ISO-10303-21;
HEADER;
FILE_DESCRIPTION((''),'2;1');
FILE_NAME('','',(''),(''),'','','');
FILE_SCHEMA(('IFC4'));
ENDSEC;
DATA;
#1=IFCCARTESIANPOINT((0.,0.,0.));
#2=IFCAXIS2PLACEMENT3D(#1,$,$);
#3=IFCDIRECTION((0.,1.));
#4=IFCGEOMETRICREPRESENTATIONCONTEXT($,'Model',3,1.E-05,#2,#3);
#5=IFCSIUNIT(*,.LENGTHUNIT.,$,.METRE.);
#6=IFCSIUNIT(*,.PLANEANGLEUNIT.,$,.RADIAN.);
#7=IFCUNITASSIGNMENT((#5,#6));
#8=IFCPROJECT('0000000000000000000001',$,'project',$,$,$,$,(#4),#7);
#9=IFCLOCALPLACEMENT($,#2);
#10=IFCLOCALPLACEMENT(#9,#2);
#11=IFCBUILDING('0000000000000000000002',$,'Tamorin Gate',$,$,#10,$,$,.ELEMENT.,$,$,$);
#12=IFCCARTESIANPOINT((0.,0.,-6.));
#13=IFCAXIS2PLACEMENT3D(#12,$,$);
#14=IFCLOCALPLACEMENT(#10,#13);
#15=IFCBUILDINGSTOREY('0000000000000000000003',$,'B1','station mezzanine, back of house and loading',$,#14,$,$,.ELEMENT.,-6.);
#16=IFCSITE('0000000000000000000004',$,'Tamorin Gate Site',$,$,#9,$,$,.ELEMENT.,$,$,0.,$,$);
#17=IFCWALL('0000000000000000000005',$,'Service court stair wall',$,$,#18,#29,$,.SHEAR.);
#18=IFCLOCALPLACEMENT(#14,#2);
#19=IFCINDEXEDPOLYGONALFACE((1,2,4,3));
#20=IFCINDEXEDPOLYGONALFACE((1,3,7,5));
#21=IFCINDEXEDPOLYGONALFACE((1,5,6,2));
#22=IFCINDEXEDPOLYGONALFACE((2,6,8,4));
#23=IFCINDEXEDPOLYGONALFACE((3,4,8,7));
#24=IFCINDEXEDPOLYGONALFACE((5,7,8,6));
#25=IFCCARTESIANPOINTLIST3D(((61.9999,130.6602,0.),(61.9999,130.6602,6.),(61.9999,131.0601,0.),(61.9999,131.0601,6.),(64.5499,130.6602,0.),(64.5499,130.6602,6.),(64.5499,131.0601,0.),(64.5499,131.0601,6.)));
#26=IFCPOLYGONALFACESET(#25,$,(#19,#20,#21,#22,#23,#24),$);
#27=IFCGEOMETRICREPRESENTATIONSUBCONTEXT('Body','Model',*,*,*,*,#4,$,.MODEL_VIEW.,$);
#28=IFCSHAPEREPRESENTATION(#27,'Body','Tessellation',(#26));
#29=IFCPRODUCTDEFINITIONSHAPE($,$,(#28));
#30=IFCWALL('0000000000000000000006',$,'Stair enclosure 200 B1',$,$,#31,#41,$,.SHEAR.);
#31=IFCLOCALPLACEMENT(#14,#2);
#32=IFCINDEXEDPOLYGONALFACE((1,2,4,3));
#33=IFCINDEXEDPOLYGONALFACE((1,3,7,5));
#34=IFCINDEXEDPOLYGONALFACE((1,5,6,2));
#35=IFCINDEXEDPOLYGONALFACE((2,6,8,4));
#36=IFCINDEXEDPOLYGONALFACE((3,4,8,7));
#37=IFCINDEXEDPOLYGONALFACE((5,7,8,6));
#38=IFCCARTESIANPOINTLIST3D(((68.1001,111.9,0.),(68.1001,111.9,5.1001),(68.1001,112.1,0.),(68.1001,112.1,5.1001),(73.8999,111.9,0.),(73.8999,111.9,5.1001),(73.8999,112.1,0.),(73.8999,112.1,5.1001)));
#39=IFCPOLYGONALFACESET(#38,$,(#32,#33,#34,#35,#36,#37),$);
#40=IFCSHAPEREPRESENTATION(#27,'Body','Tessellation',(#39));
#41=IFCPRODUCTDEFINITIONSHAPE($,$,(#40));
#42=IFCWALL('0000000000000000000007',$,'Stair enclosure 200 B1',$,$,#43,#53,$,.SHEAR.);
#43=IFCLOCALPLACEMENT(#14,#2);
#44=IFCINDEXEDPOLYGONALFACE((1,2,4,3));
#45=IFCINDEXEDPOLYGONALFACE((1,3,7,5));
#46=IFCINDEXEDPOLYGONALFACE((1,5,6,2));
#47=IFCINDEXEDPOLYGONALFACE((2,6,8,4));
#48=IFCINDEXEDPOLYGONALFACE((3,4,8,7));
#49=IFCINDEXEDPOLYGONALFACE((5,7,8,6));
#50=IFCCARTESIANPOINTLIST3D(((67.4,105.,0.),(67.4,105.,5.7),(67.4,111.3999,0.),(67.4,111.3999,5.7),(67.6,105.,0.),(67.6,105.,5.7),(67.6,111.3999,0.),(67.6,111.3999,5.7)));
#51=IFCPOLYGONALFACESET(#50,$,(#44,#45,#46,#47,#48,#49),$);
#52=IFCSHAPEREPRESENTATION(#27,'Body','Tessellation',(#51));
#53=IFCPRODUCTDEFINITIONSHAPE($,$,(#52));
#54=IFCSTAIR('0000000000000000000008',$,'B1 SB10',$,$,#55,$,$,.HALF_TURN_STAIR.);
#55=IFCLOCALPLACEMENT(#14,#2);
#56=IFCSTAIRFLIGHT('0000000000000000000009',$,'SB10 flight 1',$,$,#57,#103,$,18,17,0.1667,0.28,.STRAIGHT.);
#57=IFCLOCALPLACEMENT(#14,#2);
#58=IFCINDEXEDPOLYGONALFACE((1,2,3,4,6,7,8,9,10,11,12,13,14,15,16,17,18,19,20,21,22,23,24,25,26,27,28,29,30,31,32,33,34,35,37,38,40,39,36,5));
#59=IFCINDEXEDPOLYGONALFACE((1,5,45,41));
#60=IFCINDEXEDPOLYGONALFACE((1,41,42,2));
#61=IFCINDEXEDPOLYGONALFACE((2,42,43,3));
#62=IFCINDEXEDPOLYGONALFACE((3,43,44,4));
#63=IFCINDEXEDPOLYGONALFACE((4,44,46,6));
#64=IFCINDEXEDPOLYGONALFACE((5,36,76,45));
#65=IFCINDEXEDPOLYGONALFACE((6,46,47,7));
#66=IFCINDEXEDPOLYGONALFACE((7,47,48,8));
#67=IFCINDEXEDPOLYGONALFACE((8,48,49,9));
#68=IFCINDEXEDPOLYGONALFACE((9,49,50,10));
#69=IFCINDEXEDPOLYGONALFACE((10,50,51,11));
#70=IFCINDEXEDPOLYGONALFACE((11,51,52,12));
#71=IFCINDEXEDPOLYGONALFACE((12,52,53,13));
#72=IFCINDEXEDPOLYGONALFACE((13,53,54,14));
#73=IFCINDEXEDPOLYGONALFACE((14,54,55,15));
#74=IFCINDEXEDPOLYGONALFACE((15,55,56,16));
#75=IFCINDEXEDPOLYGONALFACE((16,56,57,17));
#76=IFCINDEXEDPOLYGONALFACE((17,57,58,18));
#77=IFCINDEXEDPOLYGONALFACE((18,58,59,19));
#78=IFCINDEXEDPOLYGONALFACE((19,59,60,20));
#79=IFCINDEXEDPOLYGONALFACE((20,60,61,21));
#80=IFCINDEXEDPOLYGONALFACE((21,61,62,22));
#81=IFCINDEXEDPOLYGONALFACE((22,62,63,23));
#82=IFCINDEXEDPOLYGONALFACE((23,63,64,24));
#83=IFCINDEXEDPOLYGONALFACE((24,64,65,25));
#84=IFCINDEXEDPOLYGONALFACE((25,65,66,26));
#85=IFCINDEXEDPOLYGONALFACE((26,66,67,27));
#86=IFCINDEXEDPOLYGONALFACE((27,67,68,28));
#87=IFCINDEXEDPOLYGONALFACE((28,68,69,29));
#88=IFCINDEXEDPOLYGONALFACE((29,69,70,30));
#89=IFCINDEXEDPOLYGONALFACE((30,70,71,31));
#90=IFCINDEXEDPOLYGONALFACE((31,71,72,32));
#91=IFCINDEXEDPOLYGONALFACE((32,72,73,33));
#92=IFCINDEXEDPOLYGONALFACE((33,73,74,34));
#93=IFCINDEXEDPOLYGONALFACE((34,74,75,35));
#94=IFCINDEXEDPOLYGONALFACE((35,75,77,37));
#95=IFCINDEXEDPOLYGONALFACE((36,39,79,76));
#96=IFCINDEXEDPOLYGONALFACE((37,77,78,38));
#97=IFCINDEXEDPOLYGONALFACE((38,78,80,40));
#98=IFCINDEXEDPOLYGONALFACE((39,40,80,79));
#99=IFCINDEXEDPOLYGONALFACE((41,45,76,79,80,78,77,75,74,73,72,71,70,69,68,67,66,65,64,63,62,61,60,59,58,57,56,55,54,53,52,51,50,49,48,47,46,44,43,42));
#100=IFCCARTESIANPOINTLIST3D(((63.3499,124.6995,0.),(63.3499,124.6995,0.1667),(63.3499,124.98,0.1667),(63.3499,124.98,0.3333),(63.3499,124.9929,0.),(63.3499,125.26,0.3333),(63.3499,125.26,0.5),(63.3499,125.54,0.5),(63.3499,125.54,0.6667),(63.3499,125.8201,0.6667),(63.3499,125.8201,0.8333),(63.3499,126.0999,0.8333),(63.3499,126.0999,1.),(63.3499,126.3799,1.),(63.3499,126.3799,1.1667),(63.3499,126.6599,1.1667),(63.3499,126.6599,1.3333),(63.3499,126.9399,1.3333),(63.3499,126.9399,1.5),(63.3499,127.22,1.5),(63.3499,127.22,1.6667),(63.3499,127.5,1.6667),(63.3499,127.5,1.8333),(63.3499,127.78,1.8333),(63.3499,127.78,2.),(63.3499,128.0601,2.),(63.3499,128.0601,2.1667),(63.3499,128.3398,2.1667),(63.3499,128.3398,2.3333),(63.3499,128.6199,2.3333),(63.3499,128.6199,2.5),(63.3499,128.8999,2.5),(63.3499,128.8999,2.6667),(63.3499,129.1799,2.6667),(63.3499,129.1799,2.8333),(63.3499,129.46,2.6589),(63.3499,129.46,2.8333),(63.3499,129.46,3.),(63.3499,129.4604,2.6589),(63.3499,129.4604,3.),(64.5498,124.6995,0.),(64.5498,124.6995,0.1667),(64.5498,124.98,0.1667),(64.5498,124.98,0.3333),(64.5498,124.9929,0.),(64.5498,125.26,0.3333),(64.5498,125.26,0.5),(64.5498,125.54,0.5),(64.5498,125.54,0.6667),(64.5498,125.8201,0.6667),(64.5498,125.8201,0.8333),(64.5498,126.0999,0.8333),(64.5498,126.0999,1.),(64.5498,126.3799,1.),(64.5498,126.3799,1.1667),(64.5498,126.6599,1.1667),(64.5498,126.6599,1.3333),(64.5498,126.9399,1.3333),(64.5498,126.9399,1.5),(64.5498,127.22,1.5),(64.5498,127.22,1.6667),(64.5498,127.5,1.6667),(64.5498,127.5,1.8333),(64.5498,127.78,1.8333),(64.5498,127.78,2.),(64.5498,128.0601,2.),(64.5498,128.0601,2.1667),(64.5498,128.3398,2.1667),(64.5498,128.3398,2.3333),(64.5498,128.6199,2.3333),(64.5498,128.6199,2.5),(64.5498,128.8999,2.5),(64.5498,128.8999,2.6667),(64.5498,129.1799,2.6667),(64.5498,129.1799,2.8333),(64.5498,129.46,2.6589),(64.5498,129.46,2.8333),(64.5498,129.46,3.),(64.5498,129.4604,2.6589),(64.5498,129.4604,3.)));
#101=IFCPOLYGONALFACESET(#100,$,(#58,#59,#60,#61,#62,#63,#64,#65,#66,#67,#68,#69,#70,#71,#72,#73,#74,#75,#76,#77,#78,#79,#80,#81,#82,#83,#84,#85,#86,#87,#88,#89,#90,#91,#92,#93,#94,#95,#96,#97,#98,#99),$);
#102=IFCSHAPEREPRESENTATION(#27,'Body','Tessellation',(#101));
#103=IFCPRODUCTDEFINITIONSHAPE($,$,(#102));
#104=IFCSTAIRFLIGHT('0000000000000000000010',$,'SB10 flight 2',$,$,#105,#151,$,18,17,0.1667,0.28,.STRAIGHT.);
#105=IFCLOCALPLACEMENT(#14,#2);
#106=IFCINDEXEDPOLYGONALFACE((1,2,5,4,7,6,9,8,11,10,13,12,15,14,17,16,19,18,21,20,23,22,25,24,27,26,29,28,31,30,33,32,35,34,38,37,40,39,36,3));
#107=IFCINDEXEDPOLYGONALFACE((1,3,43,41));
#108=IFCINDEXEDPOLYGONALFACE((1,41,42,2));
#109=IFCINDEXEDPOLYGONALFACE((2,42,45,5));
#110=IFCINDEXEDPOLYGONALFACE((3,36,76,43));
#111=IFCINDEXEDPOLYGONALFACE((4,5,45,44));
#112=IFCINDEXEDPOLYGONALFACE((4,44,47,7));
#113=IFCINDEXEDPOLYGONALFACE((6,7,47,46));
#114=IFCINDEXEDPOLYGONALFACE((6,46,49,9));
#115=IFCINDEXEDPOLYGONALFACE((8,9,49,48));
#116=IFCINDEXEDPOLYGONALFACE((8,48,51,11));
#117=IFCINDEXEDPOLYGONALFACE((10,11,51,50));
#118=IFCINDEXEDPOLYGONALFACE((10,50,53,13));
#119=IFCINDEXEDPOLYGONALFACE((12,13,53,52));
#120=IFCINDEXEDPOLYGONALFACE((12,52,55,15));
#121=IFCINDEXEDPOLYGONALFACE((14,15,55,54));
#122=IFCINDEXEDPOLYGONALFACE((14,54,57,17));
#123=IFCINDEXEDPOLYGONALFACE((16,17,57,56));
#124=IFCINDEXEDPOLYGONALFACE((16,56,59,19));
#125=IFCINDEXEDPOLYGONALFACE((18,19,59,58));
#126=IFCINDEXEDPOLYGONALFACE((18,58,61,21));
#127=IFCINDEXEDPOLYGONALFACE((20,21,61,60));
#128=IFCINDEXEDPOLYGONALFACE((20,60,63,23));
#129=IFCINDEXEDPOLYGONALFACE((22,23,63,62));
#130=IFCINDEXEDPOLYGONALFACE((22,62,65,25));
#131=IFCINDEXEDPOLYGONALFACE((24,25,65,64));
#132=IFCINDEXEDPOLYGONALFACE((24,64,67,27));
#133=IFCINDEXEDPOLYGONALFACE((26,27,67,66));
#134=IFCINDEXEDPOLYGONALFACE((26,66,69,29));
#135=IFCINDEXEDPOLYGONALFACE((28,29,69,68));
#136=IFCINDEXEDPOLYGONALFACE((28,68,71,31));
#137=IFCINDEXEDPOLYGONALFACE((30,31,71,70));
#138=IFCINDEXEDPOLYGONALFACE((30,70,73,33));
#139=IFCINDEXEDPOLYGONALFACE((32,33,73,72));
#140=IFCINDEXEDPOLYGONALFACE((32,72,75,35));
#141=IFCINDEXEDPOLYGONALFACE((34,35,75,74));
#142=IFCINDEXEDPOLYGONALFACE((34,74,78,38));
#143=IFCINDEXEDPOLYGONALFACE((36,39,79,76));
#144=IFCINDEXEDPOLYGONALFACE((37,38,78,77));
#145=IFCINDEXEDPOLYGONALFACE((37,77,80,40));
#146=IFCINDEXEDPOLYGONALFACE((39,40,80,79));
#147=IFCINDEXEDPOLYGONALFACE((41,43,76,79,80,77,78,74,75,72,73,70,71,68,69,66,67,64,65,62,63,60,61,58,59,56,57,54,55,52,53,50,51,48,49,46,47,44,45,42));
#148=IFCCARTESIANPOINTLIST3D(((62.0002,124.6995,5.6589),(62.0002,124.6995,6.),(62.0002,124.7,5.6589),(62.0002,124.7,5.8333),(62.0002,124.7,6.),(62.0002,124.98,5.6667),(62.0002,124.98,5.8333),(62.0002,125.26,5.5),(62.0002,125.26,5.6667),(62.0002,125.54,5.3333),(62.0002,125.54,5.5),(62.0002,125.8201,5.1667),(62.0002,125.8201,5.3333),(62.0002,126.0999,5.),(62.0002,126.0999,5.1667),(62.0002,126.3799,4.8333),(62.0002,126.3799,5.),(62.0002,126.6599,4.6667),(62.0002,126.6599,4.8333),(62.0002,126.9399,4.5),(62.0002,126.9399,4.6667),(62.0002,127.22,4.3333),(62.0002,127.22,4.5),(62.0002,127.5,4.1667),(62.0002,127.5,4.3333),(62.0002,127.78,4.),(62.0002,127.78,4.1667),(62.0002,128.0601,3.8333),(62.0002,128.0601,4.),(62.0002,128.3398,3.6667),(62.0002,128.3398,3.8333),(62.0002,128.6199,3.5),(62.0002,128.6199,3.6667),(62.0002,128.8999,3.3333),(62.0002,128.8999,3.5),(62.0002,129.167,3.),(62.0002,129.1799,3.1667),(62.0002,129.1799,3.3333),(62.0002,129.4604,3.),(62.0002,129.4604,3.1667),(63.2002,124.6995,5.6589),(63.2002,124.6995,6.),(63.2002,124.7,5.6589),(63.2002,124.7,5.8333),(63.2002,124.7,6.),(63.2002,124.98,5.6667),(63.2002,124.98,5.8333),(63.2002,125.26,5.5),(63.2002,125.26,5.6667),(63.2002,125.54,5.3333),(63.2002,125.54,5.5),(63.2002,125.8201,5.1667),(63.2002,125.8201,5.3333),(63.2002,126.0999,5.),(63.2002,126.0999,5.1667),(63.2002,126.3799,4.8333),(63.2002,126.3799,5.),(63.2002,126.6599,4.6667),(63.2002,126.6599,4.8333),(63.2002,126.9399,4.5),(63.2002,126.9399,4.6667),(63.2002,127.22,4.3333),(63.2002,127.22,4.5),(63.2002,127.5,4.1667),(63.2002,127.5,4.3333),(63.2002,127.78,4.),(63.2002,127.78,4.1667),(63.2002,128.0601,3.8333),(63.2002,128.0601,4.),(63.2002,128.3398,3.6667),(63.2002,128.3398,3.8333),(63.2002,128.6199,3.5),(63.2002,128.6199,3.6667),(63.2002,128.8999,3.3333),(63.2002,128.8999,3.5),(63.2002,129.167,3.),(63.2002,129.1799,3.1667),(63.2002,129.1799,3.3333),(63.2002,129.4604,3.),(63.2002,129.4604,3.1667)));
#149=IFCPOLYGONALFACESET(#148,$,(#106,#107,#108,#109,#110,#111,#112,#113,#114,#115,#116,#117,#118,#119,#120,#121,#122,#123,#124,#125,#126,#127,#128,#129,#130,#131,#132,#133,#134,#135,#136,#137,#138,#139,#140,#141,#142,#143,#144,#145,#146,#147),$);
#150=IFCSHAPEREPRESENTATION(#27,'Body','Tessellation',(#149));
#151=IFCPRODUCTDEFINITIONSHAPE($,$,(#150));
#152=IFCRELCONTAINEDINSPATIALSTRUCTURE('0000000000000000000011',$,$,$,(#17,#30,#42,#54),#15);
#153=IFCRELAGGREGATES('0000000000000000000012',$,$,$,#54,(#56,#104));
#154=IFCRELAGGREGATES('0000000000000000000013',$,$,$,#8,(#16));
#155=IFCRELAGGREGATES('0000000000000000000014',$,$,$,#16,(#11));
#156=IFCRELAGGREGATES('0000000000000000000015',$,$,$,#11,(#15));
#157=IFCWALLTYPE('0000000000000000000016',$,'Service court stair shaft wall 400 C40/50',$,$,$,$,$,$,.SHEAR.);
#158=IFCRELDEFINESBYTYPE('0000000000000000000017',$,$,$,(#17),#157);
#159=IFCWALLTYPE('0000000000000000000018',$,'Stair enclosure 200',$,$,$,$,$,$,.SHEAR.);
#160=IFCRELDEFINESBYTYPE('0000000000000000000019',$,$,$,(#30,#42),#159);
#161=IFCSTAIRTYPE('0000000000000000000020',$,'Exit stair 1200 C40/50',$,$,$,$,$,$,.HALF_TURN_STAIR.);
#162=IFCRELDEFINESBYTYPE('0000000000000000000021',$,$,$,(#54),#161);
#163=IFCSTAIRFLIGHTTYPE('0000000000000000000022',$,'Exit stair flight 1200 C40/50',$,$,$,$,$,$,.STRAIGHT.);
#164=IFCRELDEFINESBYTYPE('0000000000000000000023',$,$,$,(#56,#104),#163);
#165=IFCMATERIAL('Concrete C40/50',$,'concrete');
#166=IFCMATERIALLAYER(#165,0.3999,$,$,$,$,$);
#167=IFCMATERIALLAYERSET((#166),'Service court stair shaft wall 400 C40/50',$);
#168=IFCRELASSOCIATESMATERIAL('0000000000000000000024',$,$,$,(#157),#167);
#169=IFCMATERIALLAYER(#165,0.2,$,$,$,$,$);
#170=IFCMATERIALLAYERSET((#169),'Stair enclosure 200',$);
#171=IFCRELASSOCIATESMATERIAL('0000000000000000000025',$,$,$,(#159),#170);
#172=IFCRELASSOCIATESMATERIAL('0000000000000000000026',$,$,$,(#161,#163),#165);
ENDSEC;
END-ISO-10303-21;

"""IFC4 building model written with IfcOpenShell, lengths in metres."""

from ifc_helpers import new_model, si_unit, direction, frame, frame_2d, origin, place, context, subcontext, project, spatial, polyline, rectangle, outline, extrude, material, layer, layer_set, type_object, element, aggregate, save


model = new_model("IFC4")

# Units and contexts
model_context = context("Model", 3, precision=1e-05, world=origin(), true_north=direction((0.0, 1.0)))
body_context = subcontext(model_context, "Body", "Model", "MODEL_VIEW")
ifc_project = project(units=[si_unit("LENGTHUNIT", "METRE"), si_unit("PLANEANGLEUNIT", "RADIAN")], contexts=[model_context])

# Site, building, storey
site_placement = place(None, origin())
site = spatial("IfcSite", under=ifc_project, at=site_placement, Name="Tamorin Gate Site", CompositionType="ELEMENT", RefElevation=0.0)
building_placement = place(site_placement, origin())
building = spatial("IfcBuilding", under=site, at=building_placement, Name="Tamorin Gate", CompositionType="ELEMENT")
storey_placement = place(building_placement, frame((0.0, 0.0, -6.0)))
storey = spatial("IfcBuildingStorey", under=building, at=storey_placement, Name="B1", Description="station mezzanine, back of house and loading", CompositionType="ELEMENT", Elevation=-6.0)

# Shared definitions
ifc_material_1 = material(Name="Concrete C40/50", Category="concrete")

# Walls
ifc_layer_1 = layer(ifc_material_1, 0.3999)
ifc_layer_set_1 = layer_set([ifc_layer_1], Name="Service court stair shaft wall 400 C40/50")
wall_type_1 = type_object("IfcWallType", Name="Service court stair shaft wall 400 C40/50", PredefinedType="SHEAR", material=ifc_layer_set_1)
wall_1_placement = place(storey_placement, frame((62.0, 130.8601, 0.0), z_axis=(0.0, 0.0, 1.0), x_axis=(1.0, 0.0, 0.0)))
element("IfcWall", 1, at=wall_1_placement, inside=storey, type_object=wall_type_1, Name="Service court stair wall", PredefinedType="SHEAR", context=body_context, shape_type="SweptSolid", body=[
    extrude(rectangle(XDim=2.55, YDim=0.3999, at=frame_2d((1.2749, 0.0))), origin(), (0.0, 0.0, 1.0), 6.0),
])
ifc_layer_2 = layer(ifc_material_1, 0.2)
ifc_layer_set_2 = layer_set([ifc_layer_2], Name="Stair enclosure 200")
wall_type_2 = type_object("IfcWallType", Name="Stair enclosure 200", PredefinedType="SHEAR", material=ifc_layer_set_2)
wall_2_placement = place(storey_placement, frame((68.1001, 112.0, 0.0), z_axis=(0.0, 0.0, 1.0), x_axis=(1.0, 0.0, 0.0)))
element("IfcWall", 2, at=wall_2_placement, inside=storey, type_object=wall_type_2, Name="Stair enclosure 200 B1", PredefinedType="SHEAR", context=body_context, shape_type="SweptSolid", body=[
    extrude(rectangle(XDim=5.7998, YDim=0.2, at=frame_2d((2.8999, 0.0))), origin(), (0.0, 0.0, 1.0), 5.1001),
])
wall_3_placement = place(storey_placement, frame((67.5, 105.0, 0.0), z_axis=(0.0, 0.0, 1.0), x_axis=(0.0, 1.0, 0.0)))
element("IfcWall", 3, at=wall_3_placement, inside=storey, type_object=wall_type_2, Name="Stair enclosure 200 B1", PredefinedType="SHEAR", context=body_context, shape_type="SweptSolid", body=[
    extrude(rectangle(XDim=6.3999, YDim=0.2, at=frame_2d((3.2, 0.0))), origin(), (0.0, 0.0, 1.0), 5.7),
])

# Stair, stair flights
stair_type = type_object("IfcStairType", Name="Exit stair 1200 C40/50", PredefinedType="HALF_TURN_STAIR", material=ifc_material_1)
stair_placement = place(storey_placement, origin())
stair = element("IfcStair", 4, at=stair_placement, inside=storey, type_object=stair_type, Name="B1 SB10", PredefinedType="HALF_TURN_STAIR")
stair_flight_type = type_object("IfcStairFlightType", Name="Exit stair flight 1200 C40/50", PredefinedType="STRAIGHT", material=ifc_material_1)
stair_flight_1_placement = place(storey_placement, frame((63.95, 124.7, 0.0), z_axis=(0.0, 0.0, 1.0), x_axis=(0.0, 1.0, 0.0)))
stair_flight_1 = element("IfcStairFlight", 5, at=stair_flight_1_placement, type_object=stair_flight_type, Name="SB10 flight 1", NumberOfRisers=18, NumberOfTreads=17, PredefinedType="STRAIGHT", RiserHeight=0.1667, TreadLength=0.28, context=body_context, shape_type="SweptSolid", body=[
    extrude(outline(polyline([(-0.0005, 0.0), (-0.0005, 0.1667), (0.28, 0.1667), (0.28, 0.3333), (0.5601, 0.3333), (0.5601, 0.5), (0.8401, 0.5), (0.8401, 0.6667), (1.1201, 0.6667), (1.1201, 0.8333), (1.3999, 0.8333), (1.3999, 1.0), (1.6799, 1.0), (1.6799, 1.1667), (1.96, 1.1667), (1.96, 1.3333), (2.24, 1.3333), (2.24, 1.5), (2.52, 1.5), (2.52, 1.6667), (2.8, 1.6667), (2.8, 1.8333), (3.0801, 1.8333), (3.0801, 2.0), (3.3601, 2.0), (3.3601, 2.1667), (3.6399, 2.1667), (3.6399, 2.3333), (3.9199, 2.3333), (3.9199, 2.5), (4.2, 2.5), (4.2, 2.6667), (4.48, 2.6667), (4.48, 2.8333), (4.76, 2.8333), (4.76, 3.0), (4.7605, 3.0), (4.7605, 2.6589), (4.76, 2.6589), (0.293, 0.0), (-0.0005, 0.0)])), frame((0.0, 0.6001, 0.0), z_axis=(0.0, -1.0, 0.0), x_axis=(1.0, 0.0, 0.0)), (0.0, 0.0, 1.0), 1.2),
])
stair_flight_2_placement = place(storey_placement, frame((62.6001, 129.46, 3.0), z_axis=(0.0, 0.0, 1.0), x_axis=(0.0, -1.0, 0.0)))
stair_flight_2 = element("IfcStairFlight", 6, at=stair_flight_2_placement, type_object=stair_flight_type, Name="SB10 flight 2", NumberOfRisers=18, NumberOfTreads=17, PredefinedType="STRAIGHT", RiserHeight=0.1667, TreadLength=0.28, context=body_context, shape_type="SweptSolid", body=[
    extrude(outline(polyline([(-0.0005, 0.0), (-0.0005, 0.1667), (0.28, 0.1667), (0.28, 0.3333), (0.5601, 0.3333), (0.5601, 0.5), (0.8401, 0.5), (0.8401, 0.6667), (1.1201, 0.6667), (1.1201, 0.8333), (1.3999, 0.8333), (1.3999, 1.0), (1.6799, 1.0), (1.6799, 1.1667), (1.96, 1.1667), (1.96, 1.3333), (2.24, 1.3333), (2.24, 1.5), (2.52, 1.5), (2.52, 1.6667), (2.8, 1.6667), (2.8, 1.8333), (3.0801, 1.8333), (3.0801, 2.0), (3.3601, 2.0), (3.3601, 2.1667), (3.6399, 2.1667), (3.6399, 2.3333), (3.9199, 2.3333), (3.9199, 2.5), (4.2, 2.5), (4.2, 2.6667), (4.48, 2.6667), (4.48, 2.8333), (4.76, 2.8333), (4.76, 3.0), (4.7605, 3.0), (4.7605, 2.6589), (4.76, 2.6589), (0.293, 0.0), (-0.0005, 0.0)])), frame((0.0, 0.6001, 0.0), z_axis=(0.0, -1.0, 0.0), x_axis=(1.0, 0.0, 0.0)), (0.0, 0.0, 1.0), 1.2),
])
aggregate(stair, [stair_flight_1, stair_flight_2])

save(model, "model.ifc")
